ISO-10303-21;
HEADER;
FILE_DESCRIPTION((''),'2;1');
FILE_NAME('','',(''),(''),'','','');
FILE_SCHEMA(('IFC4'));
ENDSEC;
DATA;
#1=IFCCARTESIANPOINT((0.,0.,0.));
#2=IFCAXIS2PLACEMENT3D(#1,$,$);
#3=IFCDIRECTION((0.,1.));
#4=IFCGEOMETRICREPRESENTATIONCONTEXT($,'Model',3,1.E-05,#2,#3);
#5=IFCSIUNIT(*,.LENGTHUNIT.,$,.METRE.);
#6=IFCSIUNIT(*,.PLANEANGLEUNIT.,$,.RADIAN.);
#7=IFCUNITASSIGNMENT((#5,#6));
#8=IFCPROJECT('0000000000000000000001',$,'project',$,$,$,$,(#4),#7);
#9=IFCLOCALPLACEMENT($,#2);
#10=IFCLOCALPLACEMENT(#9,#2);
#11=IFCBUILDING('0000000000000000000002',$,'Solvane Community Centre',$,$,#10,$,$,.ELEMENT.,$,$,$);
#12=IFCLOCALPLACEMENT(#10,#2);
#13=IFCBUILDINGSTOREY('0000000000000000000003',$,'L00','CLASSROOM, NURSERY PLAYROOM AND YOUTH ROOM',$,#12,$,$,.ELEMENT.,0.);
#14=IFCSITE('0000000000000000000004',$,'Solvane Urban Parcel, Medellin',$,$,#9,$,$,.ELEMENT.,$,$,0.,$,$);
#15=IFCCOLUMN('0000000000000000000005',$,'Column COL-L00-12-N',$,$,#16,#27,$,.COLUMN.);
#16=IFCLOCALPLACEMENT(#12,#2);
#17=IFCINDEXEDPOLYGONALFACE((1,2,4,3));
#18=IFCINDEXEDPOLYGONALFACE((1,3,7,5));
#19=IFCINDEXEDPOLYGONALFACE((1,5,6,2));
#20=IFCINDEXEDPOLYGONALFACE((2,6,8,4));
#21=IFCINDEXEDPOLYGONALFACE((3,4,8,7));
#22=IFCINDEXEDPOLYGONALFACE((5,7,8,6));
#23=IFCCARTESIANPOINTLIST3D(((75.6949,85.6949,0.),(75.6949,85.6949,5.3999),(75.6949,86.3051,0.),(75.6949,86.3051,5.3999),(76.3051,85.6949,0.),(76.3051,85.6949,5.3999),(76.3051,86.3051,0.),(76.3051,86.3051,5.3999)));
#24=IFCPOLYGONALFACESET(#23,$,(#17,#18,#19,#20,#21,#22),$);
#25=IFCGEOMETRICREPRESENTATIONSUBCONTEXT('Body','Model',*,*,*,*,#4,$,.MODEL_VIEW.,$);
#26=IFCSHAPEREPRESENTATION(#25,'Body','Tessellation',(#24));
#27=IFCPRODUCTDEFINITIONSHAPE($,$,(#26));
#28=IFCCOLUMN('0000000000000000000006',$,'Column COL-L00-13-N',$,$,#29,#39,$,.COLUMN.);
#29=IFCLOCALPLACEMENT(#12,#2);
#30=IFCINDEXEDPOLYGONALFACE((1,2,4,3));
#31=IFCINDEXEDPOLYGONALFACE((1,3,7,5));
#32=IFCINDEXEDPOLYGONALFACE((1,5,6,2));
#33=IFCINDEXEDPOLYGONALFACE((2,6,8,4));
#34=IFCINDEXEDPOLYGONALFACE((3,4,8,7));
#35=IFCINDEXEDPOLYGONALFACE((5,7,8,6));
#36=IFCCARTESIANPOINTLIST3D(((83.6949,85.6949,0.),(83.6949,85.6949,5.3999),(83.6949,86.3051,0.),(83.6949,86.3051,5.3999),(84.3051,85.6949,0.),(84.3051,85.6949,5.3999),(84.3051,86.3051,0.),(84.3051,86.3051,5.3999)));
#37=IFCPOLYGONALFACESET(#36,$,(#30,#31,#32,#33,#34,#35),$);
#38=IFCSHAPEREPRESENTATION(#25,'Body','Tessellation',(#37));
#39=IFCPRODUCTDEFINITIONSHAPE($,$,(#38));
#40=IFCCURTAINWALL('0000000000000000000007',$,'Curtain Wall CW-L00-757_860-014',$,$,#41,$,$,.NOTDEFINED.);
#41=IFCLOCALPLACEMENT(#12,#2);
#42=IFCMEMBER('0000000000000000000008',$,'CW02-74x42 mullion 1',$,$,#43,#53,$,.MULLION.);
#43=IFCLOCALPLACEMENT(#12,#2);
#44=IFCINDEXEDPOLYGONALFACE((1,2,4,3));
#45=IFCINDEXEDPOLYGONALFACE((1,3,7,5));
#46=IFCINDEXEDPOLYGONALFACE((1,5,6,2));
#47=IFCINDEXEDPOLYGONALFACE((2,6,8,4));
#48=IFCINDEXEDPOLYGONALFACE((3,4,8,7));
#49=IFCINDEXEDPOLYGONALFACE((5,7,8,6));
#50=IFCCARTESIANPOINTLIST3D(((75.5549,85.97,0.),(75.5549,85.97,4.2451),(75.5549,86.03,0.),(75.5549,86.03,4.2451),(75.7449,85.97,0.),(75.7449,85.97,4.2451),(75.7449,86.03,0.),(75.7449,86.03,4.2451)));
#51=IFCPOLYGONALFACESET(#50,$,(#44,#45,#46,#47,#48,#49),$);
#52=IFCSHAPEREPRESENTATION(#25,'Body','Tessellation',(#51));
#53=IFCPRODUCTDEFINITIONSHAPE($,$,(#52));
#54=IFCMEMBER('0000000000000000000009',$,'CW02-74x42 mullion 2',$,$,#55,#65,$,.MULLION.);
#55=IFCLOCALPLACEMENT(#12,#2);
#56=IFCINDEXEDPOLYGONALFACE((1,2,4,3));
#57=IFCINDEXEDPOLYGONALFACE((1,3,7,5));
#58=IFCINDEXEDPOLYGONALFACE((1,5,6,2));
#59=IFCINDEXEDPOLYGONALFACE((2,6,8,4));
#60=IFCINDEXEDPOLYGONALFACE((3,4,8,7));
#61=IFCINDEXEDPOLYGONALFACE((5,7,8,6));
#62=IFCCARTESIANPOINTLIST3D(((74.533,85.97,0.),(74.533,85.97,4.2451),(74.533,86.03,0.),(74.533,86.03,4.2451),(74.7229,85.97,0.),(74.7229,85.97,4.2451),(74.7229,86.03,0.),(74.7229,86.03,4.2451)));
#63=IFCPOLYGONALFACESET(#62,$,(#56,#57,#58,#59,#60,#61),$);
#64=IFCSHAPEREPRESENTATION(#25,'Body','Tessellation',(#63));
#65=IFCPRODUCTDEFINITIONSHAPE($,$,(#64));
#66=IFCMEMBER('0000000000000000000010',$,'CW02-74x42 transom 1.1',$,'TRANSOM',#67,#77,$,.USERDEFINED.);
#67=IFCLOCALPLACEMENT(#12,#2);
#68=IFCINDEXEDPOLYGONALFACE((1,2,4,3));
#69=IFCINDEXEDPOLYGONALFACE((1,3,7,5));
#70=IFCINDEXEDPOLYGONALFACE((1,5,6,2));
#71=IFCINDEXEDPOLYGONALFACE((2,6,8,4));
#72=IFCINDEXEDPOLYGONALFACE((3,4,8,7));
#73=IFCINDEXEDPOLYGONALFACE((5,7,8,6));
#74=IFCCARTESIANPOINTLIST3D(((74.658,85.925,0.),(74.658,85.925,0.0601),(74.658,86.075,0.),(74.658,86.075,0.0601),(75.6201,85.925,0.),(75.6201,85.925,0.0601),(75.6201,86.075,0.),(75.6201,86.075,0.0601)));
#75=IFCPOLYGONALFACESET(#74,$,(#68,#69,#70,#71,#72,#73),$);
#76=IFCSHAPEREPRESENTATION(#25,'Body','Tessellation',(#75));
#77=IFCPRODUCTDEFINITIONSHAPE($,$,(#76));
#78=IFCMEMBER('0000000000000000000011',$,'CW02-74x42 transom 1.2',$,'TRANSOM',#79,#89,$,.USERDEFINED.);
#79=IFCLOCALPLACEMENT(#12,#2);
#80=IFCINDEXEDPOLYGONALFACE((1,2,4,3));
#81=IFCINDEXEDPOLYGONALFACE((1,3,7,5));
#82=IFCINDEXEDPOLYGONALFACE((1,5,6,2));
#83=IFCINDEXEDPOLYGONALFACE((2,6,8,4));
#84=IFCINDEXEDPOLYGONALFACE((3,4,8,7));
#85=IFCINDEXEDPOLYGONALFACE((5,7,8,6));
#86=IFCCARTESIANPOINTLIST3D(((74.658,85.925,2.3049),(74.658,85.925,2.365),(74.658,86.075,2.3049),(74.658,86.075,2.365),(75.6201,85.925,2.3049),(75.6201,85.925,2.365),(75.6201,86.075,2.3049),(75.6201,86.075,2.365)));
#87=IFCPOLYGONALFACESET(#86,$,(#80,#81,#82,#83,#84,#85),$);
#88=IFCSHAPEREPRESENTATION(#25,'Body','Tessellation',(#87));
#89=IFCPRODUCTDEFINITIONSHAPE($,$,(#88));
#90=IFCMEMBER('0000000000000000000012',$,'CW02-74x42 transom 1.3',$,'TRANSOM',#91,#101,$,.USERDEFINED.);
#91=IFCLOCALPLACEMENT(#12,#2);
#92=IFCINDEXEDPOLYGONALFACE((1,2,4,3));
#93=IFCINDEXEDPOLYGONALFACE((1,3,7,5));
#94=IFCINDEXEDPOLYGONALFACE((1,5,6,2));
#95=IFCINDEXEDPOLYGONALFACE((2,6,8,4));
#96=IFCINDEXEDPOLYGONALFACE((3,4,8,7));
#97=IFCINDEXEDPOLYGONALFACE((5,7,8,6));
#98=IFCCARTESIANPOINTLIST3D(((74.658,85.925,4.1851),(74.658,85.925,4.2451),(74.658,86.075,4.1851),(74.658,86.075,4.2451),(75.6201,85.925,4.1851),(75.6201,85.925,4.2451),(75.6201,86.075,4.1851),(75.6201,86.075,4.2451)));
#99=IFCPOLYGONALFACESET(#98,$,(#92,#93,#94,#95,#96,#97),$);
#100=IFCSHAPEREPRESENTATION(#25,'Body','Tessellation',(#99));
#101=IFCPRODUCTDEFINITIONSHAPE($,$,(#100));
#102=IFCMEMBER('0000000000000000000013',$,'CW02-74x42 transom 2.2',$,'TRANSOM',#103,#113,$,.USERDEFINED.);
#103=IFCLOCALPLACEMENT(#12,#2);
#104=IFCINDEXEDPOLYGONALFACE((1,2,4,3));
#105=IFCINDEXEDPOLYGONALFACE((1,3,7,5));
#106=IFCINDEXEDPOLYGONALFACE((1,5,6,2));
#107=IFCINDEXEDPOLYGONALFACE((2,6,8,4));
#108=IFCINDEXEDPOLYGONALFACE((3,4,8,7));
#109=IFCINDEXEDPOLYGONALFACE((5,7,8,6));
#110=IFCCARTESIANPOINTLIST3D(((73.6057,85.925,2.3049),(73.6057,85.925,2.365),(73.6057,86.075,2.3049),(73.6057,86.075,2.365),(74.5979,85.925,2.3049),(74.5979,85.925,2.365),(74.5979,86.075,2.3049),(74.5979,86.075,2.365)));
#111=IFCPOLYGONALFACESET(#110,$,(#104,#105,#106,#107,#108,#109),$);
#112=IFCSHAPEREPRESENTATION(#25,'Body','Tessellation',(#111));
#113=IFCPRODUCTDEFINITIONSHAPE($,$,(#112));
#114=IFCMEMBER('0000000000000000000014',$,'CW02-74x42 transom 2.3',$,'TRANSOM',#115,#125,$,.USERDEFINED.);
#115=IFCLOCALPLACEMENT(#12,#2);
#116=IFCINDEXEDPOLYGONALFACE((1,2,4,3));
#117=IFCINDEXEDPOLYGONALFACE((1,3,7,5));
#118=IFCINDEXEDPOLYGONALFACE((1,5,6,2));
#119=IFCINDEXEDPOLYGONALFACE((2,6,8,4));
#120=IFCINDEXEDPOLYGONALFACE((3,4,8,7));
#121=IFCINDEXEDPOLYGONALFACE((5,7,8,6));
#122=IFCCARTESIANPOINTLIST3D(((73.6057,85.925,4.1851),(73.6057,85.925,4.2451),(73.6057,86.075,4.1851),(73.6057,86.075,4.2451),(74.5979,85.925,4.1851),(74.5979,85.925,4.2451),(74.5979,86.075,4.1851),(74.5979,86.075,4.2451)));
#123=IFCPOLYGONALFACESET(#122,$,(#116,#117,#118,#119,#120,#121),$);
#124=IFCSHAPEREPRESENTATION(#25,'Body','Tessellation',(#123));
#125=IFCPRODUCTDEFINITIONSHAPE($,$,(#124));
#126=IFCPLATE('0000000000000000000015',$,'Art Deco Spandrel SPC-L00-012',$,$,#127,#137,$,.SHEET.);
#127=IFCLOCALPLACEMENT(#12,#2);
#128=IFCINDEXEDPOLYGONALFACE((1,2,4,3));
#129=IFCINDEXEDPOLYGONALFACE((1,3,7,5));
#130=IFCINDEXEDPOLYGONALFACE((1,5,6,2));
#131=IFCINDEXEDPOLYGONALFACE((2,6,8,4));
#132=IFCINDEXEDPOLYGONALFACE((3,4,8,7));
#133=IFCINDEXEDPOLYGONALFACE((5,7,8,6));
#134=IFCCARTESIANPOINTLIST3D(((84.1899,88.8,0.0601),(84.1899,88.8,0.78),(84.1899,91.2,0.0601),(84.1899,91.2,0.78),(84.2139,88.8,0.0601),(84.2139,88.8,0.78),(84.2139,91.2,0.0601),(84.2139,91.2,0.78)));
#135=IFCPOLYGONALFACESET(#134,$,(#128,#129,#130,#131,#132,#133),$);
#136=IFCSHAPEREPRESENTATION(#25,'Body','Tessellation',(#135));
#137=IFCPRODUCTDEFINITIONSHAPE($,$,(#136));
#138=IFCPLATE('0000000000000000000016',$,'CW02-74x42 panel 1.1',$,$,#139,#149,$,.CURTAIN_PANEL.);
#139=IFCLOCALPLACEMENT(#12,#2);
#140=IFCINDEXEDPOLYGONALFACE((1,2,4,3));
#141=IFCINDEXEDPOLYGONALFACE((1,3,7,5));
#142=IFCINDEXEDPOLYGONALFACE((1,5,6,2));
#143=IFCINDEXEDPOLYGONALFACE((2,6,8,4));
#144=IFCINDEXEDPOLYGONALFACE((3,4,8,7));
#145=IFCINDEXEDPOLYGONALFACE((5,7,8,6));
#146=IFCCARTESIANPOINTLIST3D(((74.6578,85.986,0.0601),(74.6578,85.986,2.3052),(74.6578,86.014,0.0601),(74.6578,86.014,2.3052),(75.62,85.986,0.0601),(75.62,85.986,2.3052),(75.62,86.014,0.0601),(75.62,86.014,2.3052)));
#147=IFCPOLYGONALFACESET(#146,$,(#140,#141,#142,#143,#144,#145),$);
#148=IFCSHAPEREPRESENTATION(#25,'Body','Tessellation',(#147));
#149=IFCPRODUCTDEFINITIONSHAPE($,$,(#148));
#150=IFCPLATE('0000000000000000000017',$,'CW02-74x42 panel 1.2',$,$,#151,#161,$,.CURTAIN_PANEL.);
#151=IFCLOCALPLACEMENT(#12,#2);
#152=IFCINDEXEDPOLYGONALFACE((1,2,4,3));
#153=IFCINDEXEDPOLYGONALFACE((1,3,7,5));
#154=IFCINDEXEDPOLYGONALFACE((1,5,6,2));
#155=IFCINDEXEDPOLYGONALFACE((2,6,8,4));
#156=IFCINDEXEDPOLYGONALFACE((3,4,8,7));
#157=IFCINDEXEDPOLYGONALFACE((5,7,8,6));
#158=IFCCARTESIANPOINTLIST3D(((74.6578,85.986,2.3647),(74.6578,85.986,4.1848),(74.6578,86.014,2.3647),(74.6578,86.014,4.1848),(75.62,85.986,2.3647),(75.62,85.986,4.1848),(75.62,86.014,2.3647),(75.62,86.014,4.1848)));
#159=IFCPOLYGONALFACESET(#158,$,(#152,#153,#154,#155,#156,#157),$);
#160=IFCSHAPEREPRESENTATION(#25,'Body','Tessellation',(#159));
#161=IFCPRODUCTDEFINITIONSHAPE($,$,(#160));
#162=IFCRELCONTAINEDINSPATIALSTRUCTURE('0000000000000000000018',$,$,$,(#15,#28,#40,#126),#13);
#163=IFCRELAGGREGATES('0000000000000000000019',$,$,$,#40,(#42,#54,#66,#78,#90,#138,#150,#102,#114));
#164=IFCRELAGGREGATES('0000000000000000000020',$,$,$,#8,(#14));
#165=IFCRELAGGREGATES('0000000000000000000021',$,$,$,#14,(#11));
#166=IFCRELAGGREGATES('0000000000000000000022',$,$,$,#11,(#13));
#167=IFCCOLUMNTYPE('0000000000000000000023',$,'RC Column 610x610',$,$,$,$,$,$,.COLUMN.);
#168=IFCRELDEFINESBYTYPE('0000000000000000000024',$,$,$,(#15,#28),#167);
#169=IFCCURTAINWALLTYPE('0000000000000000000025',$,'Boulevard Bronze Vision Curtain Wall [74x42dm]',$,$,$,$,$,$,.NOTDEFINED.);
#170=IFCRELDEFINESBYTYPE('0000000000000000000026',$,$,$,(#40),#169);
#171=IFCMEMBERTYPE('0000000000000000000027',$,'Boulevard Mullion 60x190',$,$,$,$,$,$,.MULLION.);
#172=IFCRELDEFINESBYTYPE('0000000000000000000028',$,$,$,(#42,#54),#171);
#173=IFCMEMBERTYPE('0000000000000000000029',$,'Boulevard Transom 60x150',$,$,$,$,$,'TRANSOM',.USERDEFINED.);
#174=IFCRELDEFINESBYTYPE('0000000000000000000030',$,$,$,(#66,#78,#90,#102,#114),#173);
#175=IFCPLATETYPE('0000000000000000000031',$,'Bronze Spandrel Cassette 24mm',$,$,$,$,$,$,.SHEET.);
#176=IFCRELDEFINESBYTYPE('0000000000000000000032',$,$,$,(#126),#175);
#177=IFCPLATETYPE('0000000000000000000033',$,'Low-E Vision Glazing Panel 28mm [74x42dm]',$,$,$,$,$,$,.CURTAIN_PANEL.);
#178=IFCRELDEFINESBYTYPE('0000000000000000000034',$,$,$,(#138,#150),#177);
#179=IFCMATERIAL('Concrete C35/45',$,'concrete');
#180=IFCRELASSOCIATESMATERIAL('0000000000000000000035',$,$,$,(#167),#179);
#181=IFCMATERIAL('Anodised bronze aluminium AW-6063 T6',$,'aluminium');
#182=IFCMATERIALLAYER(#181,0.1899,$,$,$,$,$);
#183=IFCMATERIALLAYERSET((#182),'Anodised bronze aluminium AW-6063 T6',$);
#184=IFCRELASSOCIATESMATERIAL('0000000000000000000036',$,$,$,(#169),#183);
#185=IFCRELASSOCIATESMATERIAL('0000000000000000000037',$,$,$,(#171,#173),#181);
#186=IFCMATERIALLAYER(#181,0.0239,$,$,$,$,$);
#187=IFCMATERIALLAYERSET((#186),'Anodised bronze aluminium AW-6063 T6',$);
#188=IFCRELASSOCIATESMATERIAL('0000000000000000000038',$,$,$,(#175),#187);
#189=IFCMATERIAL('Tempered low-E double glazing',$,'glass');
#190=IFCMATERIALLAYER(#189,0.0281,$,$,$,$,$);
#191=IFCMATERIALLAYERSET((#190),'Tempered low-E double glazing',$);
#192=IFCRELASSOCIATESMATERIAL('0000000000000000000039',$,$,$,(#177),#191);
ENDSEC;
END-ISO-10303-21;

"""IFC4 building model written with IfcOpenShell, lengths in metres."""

from ifc_helpers import new_model, si_unit, direction, frame, origin, origin_2d, place, context, subcontext, project, spatial, rectangle, extrude, material, layer, layer_set, material_profile, profile_set, type_object, element, aggregate, save


model = new_model("IFC4")

# Units and contexts
model_context = context("Model", 3, precision=1e-05, world=origin(), true_north=direction((0.0, 1.0)))
body_context = subcontext(model_context, "Body", "Model", "MODEL_VIEW")
ifc_project = project(units=[si_unit("LENGTHUNIT", "METRE"), si_unit("PLANEANGLEUNIT", "RADIAN")], contexts=[model_context])

# Site, building, storey
site_placement = place(None, origin())
site = spatial("IfcSite", under=ifc_project, at=site_placement, Name="Solvane Urban Parcel, Medellin", CompositionType="ELEMENT", RefElevation=0.0)
building_placement = place(site_placement, origin())
building = spatial("IfcBuilding", under=site, at=building_placement, Name="Solvane Community Centre", CompositionType="ELEMENT")
storey_placement = place(building_placement, origin())
storey = spatial("IfcBuildingStorey", under=building, at=storey_placement, Name="L00", Description="CLASSROOM, NURSERY PLAYROOM AND YOUTH ROOM", CompositionType="ELEMENT", Elevation=0.0)

# Columns
ifc_material_1 = material(Name="Concrete C35/45", Category="concrete")
ifc_material_profile_1 = material_profile(ifc_material_1, rectangle(XDim=0.6101, YDim=0.6101, at=origin_2d()), Name="RC 610x610")
ifc_profile_set_1 = profile_set([ifc_material_profile_1], Name="Concrete C35/45")
column_type = type_object("IfcColumnType", Name="RC Column 610x610", PredefinedType="COLUMN", material=ifc_profile_set_1)
for number, where, z_axis, x_axis, name in (
    (1, (76.0, 86.0, 0.0), (0.0, 0.0, 1.0), (1.0, 0.0, 0.0), "Column COL-L00-12-N"),
    (2, (84.0, 86.0, 0.0), (0.0, 0.0, 1.0), (1.0, 0.0, 0.0), "Column COL-L00-13-N"),
):
    element("IfcColumn", number, at=place(storey_placement, frame(where, z_axis=z_axis, x_axis=x_axis)), inside=storey, type_object=column_type, Name=name, PredefinedType="COLUMN", context=body_context, shape_type="SweptSolid", body=[
        extrude(rectangle(XDim=0.6101, YDim=0.6101, at=origin_2d()), origin(), (0.0, 0.0, 1.0), 5.3999),
    ])

# Curtain wall, members
ifc_material_2 = material(Name="Anodised bronze aluminium AW-6063 T6", Category="aluminium")
ifc_layer_1 = layer(ifc_material_2, 0.1899)
ifc_layer_set_1 = layer_set([ifc_layer_1], Name="Anodised bronze aluminium AW-6063 T6")
curtain_wall_type = type_object("IfcCurtainWallType", Name="Boulevard Bronze Vision Curtain Wall [74x42dm]", PredefinedType="NOTDEFINED", material=ifc_layer_set_1)
curtain_wall_placement = place(storey_placement, origin())
curtain_wall = element("IfcCurtainWall", 3, at=curtain_wall_placement, inside=storey, type_object=curtain_wall_type, Name="Curtain Wall CW-L00-757_860-014", PredefinedType="NOTDEFINED")
ifc_material_profile_2 = material_profile(ifc_material_2, rectangle(XDim=0.0601, YDim=0.1899, at=origin_2d()), Name="CW-M 60x190")
ifc_profile_set_2 = profile_set([ifc_material_profile_2], Name="Anodised bronze aluminium AW-6063 T6")
member_type_1 = type_object("IfcMemberType", Name="Boulevard Mullion 60x190", PredefinedType="MULLION", material=ifc_profile_set_2)
member_1_placement = place(storey_placement, frame((75.6499, 86.0, 0.0), z_axis=(0.0, 0.0, 1.0), x_axis=(0.0, -1.0, 0.0)))
member_1 = element("IfcMember", 4, at=member_1_placement, type_object=member_type_1, Name="CW02-74x42 mullion 1", PredefinedType="MULLION", context=body_context, shape_type="SweptSolid", body=[
    extrude(rectangle(XDim=0.0601, YDim=0.1899, at=origin_2d()), origin(), (0.0, 0.0, 1.0), 4.2451),
])
member_2_placement = place(storey_placement, frame((74.6279, 86.0, 0.0), z_axis=(0.0, 0.0, 1.0), x_axis=(0.0, -1.0, 0.0)))
member_2 = element("IfcMember", 5, at=member_2_placement, type_object=member_type_1, Name="CW02-74x42 mullion 2", PredefinedType="MULLION", context=body_context, shape_type="SweptSolid", body=[
    extrude(rectangle(XDim=0.0601, YDim=0.1899, at=origin_2d()), origin(), (0.0, 0.0, 1.0), 4.2451),
])
ifc_material_profile_3 = material_profile(ifc_material_2, rectangle(XDim=0.1499, YDim=0.0601, at=origin_2d()), Name="CW-T 60x150")
ifc_profile_set_3 = profile_set([ifc_material_profile_3], Name="Anodised bronze aluminium AW-6063 T6")
member_type_2 = type_object("IfcMemberType", Name="Boulevard Transom 60x150", ElementType="TRANSOM", PredefinedType="USERDEFINED", material=ifc_profile_set_3)
member_3_placement = place(storey_placement, frame((75.6201, 86.0, 0.03), z_axis=(-1.0, 0.0, 0.0), x_axis=(0.0, -1.0, 0.0)))
member_3 = element("IfcMember", 6, at=member_3_placement, type_object=member_type_2, Name="CW02-74x42 transom 1.1", ObjectType="TRANSOM", PredefinedType="USERDEFINED", context=body_context, shape_type="SweptSolid", body=[
    extrude(rectangle(XDim=0.1499, YDim=0.0601, at=origin_2d()), origin(), (0.0, 0.0, 1.0), 0.9622),
])
member_4_placement = place(storey_placement, frame((75.6201, 86.0, 2.335), z_axis=(-1.0, 0.0, 0.0), x_axis=(0.0, -1.0, 0.0)))
member_4 = element("IfcMember", 7, at=member_4_placement, type_object=member_type_2, Name="CW02-74x42 transom 1.2", ObjectType="TRANSOM", PredefinedType="USERDEFINED", context=body_context, shape_type="SweptSolid", body=[
    extrude(rectangle(XDim=0.1499, YDim=0.0601, at=origin_2d()), origin(), (0.0, 0.0, 1.0), 0.9622),
])
member_5_placement = place(storey_placement, frame((75.6201, 86.0, 4.2151), z_axis=(-1.0, 0.0, 0.0), x_axis=(0.0, -1.0, 0.0)))
member_5 = element("IfcMember", 8, at=member_5_placement, type_object=member_type_2, Name="CW02-74x42 transom 1.3", ObjectType="TRANSOM", PredefinedType="USERDEFINED", context=body_context, shape_type="SweptSolid", body=[
    extrude(rectangle(XDim=0.1499, YDim=0.0601, at=origin_2d()), origin(), (0.0, 0.0, 1.0), 0.9622),
])
member_6_placement = place(storey_placement, frame((74.5979, 86.0, 2.335), z_axis=(-1.0, 0.0, 0.0), x_axis=(0.0, -1.0, 0.0)))
member_6 = element("IfcMember", 9, at=member_6_placement, type_object=member_type_2, Name="CW02-74x42 transom 2.2", ObjectType="TRANSOM", PredefinedType="USERDEFINED", context=body_context, shape_type="SweptSolid", body=[
    extrude(rectangle(XDim=0.1499, YDim=0.0601, at=origin_2d()), origin(), (0.0, 0.0, 1.0), 0.9922),
])
member_7_placement = place(storey_placement, frame((74.5979, 86.0, 4.2151), z_axis=(-1.0, 0.0, 0.0), x_axis=(0.0, -1.0, 0.0)))
member_7 = element("IfcMember", 10, at=member_7_placement, type_object=member_type_2, Name="CW02-74x42 transom 2.3", ObjectType="TRANSOM", PredefinedType="USERDEFINED", context=body_context, shape_type="SweptSolid", body=[
    extrude(rectangle(XDim=0.1499, YDim=0.0601, at=origin_2d()), origin(), (0.0, 0.0, 1.0), 0.9922),
])

# Plates
ifc_layer_2 = layer(ifc_material_2, 0.0239)
ifc_layer_set_2 = layer_set([ifc_layer_2], Name="Anodised bronze aluminium AW-6063 T6")
plate_type_1 = type_object("IfcPlateType", Name="Bronze Spandrel Cassette 24mm", PredefinedType="SHEET", material=ifc_layer_set_2)
plate_1_placement = place(storey_placement, frame((84.2019, 90.0, 0.0601), z_axis=(0.0, 0.0, 1.0), x_axis=(0.0, -1.0, 0.0)))
element("IfcPlate", 11, at=plate_1_placement, inside=storey, type_object=plate_type_1, Name="Art Deco Spandrel SPC-L00-012", PredefinedType="SHEET", context=body_context, shape_type="SweptSolid", body=[
    extrude(rectangle(XDim=2.3999, YDim=0.0239, at=origin_2d()), origin(), (0.0, 0.0, 1.0), 0.72),
])
ifc_material_3 = material(Name="Tempered low-E double glazing", Category="glass")
ifc_layer_3 = layer(ifc_material_3, 0.0281)
ifc_layer_set_3 = layer_set([ifc_layer_3], Name="Tempered low-E double glazing")
plate_type_2 = type_object("IfcPlateType", Name="Low-E Vision Glazing Panel 28mm [74x42dm]", PredefinedType="CURTAIN_PANEL", material=ifc_layer_set_3)
plate_2_placement = place(storey_placement, frame((75.1389, 86.0, 0.0601), z_axis=(0.0, 0.0, 1.0), x_axis=(-1.0, 0.0, 0.0)))
plate_2 = element("IfcPlate", 12, at=plate_2_placement, type_object=plate_type_2, Name="CW02-74x42 panel 1.1", PredefinedType="CURTAIN_PANEL", context=body_context, shape_type="SweptSolid", body=[
    extrude(rectangle(XDim=0.9622, YDim=0.0281, at=origin_2d()), origin(), (0.0, 0.0, 1.0), 2.2451),
])
plate_3_placement = place(storey_placement, frame((75.1389, 86.0, 2.3647), z_axis=(0.0, 0.0, 1.0), x_axis=(-1.0, 0.0, 0.0)))
plate_3 = element("IfcPlate", 13, at=plate_3_placement, type_object=plate_type_2, Name="CW02-74x42 panel 1.2", PredefinedType="CURTAIN_PANEL", context=body_context, shape_type="SweptSolid", body=[
    extrude(rectangle(XDim=0.9622, YDim=0.0281, at=origin_2d()), origin(), (0.0, 0.0, 1.0), 1.8201),
])
aggregate(curtain_wall, [member_1, member_2, member_3, member_4, member_5, plate_2, plate_3, member_6, member_7])

save(model, "model.ifc")
